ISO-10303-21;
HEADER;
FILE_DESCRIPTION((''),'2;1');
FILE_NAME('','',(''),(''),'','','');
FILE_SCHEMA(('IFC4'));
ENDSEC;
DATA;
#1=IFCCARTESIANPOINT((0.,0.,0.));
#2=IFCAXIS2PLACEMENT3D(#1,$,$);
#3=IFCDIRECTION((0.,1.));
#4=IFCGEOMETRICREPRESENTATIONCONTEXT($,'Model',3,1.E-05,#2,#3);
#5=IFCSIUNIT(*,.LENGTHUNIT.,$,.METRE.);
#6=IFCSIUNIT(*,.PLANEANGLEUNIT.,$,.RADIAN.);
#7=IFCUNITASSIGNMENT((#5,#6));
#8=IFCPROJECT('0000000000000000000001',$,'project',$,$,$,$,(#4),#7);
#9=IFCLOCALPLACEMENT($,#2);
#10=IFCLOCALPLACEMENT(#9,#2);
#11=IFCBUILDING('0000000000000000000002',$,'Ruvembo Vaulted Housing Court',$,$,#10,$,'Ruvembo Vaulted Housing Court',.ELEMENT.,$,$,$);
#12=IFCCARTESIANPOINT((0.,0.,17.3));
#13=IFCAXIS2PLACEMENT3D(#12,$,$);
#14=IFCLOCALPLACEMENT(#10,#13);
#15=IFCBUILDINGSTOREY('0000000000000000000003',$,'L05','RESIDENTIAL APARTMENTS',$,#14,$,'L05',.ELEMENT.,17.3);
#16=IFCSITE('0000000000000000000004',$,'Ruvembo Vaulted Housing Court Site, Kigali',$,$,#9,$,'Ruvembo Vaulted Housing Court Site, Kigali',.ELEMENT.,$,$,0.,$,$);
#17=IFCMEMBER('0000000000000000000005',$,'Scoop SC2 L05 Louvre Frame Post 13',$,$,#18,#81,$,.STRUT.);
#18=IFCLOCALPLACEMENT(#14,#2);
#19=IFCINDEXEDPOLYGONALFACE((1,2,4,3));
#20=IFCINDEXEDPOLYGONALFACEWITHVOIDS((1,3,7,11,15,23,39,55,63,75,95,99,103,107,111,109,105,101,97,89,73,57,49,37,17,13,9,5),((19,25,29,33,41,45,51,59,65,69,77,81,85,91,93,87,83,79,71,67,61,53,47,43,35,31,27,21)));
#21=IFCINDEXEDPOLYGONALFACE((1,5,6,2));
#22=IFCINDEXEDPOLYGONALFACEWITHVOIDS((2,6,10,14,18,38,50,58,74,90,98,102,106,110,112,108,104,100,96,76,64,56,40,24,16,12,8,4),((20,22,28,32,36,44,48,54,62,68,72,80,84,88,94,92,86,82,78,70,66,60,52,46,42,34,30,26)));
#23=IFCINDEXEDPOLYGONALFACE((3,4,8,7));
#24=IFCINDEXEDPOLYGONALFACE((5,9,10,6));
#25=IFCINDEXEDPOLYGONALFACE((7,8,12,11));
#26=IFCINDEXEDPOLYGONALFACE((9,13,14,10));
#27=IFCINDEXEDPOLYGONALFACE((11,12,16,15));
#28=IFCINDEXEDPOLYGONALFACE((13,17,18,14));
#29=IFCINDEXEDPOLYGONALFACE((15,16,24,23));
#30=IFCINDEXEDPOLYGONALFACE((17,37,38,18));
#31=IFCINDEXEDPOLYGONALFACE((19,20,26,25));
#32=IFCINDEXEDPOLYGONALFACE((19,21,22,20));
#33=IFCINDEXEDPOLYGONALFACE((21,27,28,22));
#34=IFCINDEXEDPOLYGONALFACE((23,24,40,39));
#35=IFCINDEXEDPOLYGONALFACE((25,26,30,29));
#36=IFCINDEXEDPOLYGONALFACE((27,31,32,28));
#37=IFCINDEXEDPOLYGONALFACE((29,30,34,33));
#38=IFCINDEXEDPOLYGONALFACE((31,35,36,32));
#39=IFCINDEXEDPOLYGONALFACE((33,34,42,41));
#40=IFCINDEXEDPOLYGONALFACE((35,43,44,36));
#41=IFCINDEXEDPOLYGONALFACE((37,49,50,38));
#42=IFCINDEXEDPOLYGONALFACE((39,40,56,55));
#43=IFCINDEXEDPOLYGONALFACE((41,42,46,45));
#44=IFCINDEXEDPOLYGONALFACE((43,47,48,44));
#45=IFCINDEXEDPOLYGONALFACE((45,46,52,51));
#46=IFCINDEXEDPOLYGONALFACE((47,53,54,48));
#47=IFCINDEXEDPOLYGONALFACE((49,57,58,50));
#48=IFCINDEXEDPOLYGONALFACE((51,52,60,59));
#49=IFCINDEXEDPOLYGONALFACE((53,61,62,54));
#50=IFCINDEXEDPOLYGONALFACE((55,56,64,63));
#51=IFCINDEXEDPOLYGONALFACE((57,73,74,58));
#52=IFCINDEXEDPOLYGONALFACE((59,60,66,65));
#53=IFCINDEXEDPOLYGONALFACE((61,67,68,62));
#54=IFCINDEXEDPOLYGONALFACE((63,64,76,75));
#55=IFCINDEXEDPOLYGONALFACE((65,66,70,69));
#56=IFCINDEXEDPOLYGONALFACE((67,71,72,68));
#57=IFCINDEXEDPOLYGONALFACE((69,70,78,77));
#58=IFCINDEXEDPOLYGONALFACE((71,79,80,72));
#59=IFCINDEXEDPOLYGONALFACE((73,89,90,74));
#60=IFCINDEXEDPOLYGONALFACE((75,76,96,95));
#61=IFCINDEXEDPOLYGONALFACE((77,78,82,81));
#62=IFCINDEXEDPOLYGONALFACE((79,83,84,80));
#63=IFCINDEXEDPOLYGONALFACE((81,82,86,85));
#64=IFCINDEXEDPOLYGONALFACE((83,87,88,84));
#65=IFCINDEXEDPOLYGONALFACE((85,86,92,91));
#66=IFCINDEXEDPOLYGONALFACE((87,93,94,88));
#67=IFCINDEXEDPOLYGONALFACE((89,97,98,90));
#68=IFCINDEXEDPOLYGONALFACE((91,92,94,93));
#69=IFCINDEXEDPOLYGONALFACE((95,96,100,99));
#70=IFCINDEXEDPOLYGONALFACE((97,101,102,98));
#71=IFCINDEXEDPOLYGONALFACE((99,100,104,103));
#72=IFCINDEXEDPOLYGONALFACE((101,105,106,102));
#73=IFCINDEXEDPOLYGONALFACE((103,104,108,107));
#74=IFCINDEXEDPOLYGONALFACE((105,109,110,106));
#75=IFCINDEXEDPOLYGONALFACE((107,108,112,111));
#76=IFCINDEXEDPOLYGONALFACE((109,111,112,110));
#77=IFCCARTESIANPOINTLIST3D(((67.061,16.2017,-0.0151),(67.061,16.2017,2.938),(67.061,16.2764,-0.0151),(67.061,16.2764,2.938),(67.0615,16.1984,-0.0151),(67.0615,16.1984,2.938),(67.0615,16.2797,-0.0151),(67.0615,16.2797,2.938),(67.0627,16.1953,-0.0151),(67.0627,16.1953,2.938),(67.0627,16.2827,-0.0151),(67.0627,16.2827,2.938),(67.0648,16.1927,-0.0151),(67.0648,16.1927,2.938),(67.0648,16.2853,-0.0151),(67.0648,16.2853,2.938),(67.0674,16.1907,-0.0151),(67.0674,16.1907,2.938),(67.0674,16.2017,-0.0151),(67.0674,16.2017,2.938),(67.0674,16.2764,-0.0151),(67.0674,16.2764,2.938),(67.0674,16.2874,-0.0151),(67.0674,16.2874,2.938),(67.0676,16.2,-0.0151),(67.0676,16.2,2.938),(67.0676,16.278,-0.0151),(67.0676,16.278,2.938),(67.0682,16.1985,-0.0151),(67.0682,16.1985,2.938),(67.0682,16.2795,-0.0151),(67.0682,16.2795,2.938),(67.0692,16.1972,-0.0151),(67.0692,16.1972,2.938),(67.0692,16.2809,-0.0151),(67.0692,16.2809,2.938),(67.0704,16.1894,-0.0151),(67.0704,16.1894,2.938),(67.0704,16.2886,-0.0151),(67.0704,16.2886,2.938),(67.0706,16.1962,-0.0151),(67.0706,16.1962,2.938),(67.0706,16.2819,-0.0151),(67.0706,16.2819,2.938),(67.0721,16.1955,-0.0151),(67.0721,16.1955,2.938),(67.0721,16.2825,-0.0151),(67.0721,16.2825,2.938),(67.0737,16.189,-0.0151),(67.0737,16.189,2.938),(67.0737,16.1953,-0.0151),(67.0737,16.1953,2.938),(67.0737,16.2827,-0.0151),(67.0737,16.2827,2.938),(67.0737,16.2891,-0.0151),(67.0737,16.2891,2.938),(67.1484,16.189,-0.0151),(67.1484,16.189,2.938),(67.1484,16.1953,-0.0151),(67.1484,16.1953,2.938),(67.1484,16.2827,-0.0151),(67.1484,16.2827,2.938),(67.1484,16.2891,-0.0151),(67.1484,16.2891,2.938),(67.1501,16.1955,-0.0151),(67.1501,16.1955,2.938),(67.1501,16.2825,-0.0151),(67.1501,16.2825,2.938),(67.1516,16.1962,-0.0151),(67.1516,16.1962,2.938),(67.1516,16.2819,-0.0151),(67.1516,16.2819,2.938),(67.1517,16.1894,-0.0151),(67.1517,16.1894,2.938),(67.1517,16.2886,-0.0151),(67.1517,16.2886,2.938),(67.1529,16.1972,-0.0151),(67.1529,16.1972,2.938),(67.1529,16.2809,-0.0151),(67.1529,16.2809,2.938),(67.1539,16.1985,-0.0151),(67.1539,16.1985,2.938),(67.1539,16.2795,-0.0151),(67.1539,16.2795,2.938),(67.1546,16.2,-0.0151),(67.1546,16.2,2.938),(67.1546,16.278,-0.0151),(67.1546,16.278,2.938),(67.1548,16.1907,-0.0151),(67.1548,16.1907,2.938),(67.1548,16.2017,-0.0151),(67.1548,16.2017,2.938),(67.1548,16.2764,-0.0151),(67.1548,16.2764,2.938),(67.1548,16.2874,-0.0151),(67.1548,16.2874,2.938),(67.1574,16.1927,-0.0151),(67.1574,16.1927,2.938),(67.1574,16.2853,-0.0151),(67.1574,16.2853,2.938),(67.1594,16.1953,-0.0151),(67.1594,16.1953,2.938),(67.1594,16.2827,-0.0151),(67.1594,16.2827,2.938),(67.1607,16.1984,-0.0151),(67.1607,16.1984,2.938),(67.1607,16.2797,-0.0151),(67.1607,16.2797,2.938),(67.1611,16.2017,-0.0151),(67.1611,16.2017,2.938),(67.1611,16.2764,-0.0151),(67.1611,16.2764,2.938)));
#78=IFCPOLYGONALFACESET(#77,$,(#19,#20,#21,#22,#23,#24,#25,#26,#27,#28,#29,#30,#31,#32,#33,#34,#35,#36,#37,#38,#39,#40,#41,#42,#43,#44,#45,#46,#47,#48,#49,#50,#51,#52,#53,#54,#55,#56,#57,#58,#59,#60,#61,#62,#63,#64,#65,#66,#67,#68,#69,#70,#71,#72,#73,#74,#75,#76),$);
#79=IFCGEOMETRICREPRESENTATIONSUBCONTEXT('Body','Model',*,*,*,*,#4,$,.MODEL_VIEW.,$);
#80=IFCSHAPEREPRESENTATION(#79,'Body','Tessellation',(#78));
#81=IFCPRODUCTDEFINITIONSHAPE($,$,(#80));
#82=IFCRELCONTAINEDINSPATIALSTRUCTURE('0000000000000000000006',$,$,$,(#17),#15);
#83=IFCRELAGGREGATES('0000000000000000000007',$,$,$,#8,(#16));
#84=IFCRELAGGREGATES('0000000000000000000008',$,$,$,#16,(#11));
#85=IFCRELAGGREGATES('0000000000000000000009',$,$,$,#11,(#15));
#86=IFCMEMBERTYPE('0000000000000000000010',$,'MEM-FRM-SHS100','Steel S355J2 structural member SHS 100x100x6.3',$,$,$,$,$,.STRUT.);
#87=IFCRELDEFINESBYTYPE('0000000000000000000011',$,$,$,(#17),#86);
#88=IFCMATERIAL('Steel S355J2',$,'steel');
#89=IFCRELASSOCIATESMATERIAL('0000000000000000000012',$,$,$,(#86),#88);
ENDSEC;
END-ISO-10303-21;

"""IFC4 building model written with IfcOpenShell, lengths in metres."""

from ifc_helpers import new_model, si_unit, direction, frame, origin, origin_2d, place, context, subcontext, project, spatial, hollow_rectangle, extrude, material, material_profile, profile_set, type_object, element, save


model = new_model("IFC4")

# Units and contexts
model_context = context("Model", 3, precision=1e-05, world=origin(), true_north=direction((0.0, 1.0)))
body_context = subcontext(model_context, "Body", "Model", "MODEL_VIEW")
ifc_project = project(units=[si_unit("LENGTHUNIT", "METRE"), si_unit("PLANEANGLEUNIT", "RADIAN")], contexts=[model_context])

# Site, building, storey
site_placement = place(None, origin())
site = spatial("IfcSite", under=ifc_project, at=site_placement, Name="Ruvembo Vaulted Housing Court Site, Kigali", LongName="Ruvembo Vaulted Housing Court Site, Kigali", CompositionType="ELEMENT", RefElevation=0.0)
building_placement = place(site_placement, origin())
building = spatial("IfcBuilding", under=site, at=building_placement, Name="Ruvembo Vaulted Housing Court", LongName="Ruvembo Vaulted Housing Court", CompositionType="ELEMENT")
storey_placement = place(building_placement, frame((0.0, 0.0, 17.3)))
storey = spatial("IfcBuildingStorey", under=building, at=storey_placement, Name="L05", Description="RESIDENTIAL APARTMENTS", LongName="L05", CompositionType="ELEMENT", Elevation=17.3)

# Shared definitions
ifc_material_1 = material(Name="Steel S355J2", Category="steel")

# Member
ifc_material_profile_1 = material_profile(ifc_material_1, hollow_rectangle(XDim=0.1001, YDim=0.1001, WallThickness=0.0063, InnerFilletRadius=0.0063, OuterFilletRadius=0.0127, at=origin_2d()), Name="SHS 100x100x6.3")
ifc_profile_set_1 = profile_set([ifc_material_profile_1], Name="Steel S355J2")
member_type_1 = type_object("IfcMemberType", Name="MEM-FRM-SHS100", Description="Steel S355J2 structural member SHS 100x100x6.3", PredefinedType="STRUT", material=ifc_profile_set_1)
for number, where, z_axis, x_axis, name in (
    (1, (67.1111, 16.239, -0.0151), (0.0, 0.0, 1.0), (1.0, 0.0, 0.0), "Scoop SC2 L05 Louvre Frame Post 13"),
):
    element("IfcMember", number, at=place(storey_placement, frame(where, z_axis=z_axis, x_axis=x_axis)), inside=storey, type_object=member_type_1, Name=name, PredefinedType="STRUT", context=body_context, shape_type="SweptSolid", body=[
        extrude(hollow_rectangle(XDim=0.1001, YDim=0.1001, WallThickness=0.0063, InnerFilletRadius=0.0063, OuterFilletRadius=0.0127, at=origin_2d()), origin(), (0.0, 0.0, 1.0), 2.9531),
    ])

save(model, "model.ifc")
